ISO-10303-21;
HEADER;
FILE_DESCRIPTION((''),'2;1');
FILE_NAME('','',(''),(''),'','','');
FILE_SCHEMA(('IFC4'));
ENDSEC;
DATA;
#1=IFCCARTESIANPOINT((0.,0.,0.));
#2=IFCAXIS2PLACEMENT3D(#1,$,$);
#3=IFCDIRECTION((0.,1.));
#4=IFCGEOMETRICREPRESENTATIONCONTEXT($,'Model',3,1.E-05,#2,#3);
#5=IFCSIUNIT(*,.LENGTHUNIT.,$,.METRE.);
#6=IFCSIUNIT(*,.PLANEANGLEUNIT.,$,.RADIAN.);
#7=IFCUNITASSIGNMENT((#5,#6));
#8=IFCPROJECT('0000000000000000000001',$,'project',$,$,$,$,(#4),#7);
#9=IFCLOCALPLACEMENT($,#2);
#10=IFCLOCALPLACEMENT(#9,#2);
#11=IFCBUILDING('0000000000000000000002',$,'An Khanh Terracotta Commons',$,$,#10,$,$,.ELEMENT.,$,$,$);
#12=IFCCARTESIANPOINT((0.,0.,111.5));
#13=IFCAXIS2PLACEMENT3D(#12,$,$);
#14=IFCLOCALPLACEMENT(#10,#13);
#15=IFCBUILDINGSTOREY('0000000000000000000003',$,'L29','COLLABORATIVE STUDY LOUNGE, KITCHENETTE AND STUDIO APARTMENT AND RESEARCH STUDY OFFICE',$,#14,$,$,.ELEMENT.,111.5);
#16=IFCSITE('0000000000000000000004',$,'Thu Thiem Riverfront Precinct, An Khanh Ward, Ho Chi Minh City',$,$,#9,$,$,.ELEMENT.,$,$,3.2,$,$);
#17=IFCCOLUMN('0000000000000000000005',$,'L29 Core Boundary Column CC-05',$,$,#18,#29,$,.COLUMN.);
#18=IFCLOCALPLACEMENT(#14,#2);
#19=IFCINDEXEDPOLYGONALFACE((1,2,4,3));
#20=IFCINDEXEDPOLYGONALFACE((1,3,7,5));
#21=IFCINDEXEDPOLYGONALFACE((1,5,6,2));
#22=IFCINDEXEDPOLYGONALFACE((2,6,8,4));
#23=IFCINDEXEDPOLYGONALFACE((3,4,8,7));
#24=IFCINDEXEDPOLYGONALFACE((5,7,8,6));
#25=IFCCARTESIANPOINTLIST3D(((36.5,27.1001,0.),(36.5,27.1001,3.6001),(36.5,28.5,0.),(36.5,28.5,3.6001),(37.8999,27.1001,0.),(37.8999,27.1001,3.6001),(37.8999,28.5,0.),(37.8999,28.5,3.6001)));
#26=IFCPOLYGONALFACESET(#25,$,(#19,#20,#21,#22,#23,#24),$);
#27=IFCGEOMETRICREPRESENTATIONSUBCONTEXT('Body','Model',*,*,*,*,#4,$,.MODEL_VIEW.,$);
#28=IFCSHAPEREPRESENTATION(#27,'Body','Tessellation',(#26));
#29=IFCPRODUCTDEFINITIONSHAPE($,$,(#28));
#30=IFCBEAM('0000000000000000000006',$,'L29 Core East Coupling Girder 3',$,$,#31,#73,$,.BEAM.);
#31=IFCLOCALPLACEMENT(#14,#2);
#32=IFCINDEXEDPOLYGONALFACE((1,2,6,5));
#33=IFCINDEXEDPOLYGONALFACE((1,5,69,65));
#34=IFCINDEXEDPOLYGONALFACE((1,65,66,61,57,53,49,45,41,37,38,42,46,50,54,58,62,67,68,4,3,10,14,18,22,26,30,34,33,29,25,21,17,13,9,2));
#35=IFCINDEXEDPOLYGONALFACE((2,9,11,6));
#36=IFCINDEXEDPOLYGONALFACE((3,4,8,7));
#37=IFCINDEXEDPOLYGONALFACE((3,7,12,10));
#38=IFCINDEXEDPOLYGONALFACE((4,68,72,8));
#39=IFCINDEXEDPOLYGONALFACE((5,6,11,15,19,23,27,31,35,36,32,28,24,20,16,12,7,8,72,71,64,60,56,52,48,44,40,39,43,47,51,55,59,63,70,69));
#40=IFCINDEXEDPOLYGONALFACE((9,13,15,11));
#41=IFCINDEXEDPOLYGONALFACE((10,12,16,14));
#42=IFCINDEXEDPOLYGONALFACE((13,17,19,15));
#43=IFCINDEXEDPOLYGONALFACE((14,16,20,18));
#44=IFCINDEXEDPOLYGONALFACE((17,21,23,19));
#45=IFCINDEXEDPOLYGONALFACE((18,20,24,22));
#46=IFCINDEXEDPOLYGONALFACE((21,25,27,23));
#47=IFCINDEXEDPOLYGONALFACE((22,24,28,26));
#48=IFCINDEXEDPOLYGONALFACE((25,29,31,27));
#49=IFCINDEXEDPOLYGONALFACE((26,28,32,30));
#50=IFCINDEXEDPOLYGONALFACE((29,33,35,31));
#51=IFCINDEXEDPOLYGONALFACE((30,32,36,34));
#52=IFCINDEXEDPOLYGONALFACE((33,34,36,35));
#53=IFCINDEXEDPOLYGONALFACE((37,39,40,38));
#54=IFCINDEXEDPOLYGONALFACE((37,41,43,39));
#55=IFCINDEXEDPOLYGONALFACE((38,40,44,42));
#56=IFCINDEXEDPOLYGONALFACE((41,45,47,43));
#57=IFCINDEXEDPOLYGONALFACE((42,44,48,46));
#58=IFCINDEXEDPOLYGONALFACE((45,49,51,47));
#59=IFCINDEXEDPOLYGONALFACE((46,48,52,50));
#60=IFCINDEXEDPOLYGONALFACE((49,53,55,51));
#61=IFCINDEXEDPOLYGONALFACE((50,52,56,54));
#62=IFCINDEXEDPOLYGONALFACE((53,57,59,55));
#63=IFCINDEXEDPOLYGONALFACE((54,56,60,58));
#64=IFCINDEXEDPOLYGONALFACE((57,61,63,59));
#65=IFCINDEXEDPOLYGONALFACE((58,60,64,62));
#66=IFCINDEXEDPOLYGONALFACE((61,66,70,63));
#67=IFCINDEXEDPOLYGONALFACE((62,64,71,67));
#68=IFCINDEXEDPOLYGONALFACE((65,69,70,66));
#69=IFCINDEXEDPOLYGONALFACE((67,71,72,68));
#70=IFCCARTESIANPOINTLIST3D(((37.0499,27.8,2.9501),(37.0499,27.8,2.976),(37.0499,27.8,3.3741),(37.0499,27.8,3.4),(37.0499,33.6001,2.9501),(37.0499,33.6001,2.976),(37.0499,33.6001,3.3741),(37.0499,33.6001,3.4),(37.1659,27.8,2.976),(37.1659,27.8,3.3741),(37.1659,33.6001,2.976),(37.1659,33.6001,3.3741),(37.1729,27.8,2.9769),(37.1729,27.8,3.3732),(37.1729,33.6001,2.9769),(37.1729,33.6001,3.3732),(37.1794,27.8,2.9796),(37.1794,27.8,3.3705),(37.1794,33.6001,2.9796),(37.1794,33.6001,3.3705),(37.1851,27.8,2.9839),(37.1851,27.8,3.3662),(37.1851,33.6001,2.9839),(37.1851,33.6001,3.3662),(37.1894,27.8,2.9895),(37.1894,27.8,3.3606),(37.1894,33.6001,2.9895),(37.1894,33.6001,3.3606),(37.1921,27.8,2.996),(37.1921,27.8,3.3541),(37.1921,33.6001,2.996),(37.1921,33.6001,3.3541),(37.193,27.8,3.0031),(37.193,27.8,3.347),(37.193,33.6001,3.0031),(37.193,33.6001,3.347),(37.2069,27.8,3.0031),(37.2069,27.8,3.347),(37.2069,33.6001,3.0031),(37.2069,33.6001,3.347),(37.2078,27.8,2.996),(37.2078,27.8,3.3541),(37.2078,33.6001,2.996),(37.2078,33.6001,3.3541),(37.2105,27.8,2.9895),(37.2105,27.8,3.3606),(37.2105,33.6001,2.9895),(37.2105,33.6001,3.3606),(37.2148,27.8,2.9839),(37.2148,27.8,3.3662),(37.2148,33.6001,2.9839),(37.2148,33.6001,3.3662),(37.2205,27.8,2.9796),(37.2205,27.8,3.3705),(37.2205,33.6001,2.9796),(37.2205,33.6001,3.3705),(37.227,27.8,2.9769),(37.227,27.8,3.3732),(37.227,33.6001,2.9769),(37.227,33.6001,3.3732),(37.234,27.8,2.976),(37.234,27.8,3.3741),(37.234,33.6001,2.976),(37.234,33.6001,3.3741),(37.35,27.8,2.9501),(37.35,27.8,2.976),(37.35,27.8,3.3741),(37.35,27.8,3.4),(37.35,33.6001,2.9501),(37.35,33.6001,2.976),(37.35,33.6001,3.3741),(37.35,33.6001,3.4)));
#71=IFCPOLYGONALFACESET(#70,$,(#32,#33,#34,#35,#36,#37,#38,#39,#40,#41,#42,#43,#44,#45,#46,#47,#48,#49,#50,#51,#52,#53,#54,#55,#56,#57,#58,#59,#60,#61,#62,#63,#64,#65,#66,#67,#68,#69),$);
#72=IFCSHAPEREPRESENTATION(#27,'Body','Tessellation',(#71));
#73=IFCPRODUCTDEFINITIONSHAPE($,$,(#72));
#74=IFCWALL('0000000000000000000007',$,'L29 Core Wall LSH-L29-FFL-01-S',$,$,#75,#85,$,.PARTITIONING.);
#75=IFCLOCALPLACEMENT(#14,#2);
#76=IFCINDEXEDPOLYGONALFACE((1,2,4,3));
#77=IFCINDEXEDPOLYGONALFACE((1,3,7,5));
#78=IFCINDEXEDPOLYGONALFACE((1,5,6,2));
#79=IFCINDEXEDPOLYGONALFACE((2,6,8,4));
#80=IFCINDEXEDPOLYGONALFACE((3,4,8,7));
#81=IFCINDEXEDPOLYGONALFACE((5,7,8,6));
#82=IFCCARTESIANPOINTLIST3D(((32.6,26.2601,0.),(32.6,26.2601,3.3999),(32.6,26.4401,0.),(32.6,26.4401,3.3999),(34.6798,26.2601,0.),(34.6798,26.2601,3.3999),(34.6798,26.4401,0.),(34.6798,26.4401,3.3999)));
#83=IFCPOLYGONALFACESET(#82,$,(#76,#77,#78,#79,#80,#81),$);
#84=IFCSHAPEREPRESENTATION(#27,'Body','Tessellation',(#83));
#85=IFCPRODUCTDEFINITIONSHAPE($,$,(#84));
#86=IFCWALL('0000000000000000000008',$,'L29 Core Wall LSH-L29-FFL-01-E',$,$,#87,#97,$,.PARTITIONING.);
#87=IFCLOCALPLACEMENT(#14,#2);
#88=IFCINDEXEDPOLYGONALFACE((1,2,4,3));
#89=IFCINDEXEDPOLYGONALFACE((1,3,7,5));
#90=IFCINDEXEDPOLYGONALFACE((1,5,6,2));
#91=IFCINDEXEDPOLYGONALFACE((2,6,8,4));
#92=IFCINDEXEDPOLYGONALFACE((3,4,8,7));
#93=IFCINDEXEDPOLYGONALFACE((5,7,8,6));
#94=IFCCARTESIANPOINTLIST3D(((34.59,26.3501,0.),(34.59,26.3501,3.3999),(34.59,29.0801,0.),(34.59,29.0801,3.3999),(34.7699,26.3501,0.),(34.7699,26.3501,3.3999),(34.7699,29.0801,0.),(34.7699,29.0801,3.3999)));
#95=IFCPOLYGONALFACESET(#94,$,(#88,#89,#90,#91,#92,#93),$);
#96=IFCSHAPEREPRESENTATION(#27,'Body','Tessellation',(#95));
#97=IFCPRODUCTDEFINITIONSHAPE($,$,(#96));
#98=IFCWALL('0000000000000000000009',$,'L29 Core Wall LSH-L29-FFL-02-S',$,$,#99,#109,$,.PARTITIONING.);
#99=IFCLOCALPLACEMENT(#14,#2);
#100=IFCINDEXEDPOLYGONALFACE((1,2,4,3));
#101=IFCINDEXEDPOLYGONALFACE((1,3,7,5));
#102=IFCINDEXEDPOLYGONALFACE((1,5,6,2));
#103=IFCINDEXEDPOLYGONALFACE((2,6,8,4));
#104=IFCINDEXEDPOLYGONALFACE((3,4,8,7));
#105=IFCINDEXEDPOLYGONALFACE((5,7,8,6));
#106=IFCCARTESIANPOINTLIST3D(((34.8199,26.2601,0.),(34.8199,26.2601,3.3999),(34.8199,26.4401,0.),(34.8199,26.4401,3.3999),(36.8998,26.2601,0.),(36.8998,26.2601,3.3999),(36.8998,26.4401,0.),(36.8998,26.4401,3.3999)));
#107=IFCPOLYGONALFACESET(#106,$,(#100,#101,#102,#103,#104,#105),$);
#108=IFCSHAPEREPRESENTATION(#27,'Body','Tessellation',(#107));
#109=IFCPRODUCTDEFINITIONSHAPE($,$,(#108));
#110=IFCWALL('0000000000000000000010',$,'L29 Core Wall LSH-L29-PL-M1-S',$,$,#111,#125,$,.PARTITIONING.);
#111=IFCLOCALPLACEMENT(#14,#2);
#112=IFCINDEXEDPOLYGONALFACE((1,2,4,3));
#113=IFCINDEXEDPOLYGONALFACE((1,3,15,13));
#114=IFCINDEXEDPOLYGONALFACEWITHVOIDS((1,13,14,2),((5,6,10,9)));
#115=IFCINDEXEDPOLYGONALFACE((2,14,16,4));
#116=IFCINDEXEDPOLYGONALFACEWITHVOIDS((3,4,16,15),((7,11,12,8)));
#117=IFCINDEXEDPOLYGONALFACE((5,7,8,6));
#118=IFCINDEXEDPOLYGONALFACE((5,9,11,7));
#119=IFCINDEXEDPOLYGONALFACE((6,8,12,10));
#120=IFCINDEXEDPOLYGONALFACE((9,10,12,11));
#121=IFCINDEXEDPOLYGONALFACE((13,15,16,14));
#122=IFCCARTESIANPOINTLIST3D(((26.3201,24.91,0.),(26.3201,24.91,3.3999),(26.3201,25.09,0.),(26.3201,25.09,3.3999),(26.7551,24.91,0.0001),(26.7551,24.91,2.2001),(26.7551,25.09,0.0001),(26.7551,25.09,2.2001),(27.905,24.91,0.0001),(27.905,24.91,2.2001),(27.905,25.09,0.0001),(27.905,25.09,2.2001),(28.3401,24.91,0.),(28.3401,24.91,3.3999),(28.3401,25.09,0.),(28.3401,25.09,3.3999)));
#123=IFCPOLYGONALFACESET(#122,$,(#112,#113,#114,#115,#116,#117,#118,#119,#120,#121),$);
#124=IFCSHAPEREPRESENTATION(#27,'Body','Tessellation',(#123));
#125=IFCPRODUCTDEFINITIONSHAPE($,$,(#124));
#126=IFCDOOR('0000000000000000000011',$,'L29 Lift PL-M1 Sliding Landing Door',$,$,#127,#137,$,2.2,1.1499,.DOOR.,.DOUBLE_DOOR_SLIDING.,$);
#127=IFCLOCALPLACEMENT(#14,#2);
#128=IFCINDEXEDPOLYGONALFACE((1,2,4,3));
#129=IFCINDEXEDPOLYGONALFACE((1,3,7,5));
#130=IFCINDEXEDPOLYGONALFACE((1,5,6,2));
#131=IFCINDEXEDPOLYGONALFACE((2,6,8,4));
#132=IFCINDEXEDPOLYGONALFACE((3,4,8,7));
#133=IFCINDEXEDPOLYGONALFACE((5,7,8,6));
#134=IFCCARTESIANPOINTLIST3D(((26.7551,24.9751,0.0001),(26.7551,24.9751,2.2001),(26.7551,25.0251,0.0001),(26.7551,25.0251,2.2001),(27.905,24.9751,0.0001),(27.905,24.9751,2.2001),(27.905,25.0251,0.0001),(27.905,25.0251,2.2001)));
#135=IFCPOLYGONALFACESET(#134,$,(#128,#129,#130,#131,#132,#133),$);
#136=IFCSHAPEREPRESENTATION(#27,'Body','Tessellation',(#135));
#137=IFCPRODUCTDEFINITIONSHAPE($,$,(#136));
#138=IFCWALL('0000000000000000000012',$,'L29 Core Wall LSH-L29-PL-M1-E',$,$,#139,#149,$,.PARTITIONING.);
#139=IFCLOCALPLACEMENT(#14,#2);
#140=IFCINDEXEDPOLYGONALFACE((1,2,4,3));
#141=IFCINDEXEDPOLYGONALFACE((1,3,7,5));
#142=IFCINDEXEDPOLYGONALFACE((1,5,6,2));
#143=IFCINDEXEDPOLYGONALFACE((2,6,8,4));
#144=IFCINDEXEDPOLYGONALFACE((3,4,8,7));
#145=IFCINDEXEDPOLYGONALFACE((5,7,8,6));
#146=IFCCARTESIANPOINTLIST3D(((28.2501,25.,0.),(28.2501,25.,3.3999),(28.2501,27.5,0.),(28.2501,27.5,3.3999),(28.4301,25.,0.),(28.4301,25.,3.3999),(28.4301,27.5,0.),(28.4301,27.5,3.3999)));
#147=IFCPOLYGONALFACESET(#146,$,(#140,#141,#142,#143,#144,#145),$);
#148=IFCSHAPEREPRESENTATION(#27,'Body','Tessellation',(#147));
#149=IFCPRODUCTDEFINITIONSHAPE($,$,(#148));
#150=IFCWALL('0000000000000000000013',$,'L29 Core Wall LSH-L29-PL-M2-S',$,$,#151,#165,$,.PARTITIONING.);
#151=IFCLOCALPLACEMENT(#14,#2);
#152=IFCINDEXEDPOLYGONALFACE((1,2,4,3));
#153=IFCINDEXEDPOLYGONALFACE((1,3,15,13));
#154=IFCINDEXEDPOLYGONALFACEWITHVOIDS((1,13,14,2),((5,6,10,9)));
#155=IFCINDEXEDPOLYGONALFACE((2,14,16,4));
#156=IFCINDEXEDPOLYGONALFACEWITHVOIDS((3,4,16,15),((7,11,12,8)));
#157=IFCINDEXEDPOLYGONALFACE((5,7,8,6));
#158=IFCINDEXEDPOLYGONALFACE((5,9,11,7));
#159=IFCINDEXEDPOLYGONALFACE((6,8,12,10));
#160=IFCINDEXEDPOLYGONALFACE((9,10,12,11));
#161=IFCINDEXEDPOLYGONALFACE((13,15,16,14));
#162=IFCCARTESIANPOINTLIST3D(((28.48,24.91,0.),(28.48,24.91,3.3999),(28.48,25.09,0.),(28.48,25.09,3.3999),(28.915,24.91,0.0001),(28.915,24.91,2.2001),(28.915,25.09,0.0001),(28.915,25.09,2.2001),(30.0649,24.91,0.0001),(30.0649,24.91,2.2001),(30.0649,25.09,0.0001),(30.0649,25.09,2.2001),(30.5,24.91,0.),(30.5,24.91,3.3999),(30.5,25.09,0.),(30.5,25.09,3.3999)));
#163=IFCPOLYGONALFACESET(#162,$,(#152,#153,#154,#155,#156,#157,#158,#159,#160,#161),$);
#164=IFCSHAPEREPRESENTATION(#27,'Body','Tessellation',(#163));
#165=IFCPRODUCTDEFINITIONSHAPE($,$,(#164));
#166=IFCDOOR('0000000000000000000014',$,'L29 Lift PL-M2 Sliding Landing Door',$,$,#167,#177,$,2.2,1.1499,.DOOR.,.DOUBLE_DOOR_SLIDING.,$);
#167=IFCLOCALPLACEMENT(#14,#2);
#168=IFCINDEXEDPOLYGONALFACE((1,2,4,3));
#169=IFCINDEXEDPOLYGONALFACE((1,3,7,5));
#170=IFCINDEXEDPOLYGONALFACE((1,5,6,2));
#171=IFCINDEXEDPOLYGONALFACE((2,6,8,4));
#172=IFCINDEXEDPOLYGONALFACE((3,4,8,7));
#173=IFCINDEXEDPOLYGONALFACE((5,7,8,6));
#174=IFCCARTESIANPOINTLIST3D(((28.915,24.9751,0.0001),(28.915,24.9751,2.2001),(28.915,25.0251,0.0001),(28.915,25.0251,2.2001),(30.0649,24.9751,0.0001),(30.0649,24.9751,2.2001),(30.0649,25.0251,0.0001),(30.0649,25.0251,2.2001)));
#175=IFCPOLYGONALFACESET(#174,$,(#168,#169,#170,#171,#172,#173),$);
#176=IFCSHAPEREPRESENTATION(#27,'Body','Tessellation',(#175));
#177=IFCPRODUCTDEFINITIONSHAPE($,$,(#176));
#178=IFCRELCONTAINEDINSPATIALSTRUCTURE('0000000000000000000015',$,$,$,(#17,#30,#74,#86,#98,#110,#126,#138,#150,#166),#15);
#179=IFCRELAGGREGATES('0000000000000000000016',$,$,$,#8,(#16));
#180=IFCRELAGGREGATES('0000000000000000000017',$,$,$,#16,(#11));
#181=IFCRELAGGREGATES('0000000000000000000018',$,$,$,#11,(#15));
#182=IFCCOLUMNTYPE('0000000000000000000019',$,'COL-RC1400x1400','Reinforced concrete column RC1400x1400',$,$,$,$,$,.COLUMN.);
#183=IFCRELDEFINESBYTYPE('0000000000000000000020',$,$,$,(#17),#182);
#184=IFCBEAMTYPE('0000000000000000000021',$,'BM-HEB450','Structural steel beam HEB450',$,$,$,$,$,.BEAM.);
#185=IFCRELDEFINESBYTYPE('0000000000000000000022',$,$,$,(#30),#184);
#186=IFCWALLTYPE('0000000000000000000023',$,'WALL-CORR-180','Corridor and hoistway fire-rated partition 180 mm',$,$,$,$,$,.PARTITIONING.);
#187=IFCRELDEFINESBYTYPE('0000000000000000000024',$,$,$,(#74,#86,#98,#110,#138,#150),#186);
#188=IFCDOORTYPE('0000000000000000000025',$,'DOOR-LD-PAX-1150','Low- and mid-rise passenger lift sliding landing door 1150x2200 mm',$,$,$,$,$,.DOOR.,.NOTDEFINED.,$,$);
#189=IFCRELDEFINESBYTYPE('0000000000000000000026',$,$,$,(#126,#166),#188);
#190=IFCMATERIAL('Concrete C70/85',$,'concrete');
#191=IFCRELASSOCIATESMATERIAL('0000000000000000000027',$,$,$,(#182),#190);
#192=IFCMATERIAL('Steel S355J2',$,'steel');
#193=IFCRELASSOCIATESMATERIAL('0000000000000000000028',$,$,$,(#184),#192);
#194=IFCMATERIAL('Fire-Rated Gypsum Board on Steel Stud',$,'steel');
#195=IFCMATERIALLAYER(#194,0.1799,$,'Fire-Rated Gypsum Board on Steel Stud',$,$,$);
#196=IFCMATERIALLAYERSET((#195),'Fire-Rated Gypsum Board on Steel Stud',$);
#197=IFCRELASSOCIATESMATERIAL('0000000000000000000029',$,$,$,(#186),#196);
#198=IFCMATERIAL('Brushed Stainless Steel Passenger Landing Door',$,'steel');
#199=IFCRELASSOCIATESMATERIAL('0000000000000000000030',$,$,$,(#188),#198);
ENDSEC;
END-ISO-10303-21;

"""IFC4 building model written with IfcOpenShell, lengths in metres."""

from ifc_helpers import new_model, si_unit, direction, frame, frame_2d, origin, origin_2d, place, context, subcontext, project, spatial, rectangle, i_section, extrude, material, layer, layer_set, material_profile, profile_set, type_object, element, fill, save


model = new_model("IFC4")

# Units and contexts
model_context = context("Model", 3, precision=1e-05, world=origin(), true_north=direction((0.0, 1.0)))
body_context = subcontext(model_context, "Body", "Model", "MODEL_VIEW")
ifc_project = project(units=[si_unit("LENGTHUNIT", "METRE"), si_unit("PLANEANGLEUNIT", "RADIAN")], contexts=[model_context])

# Site, building, storey
site_placement = place(None, origin())
site = spatial("IfcSite", under=ifc_project, at=site_placement, Name="Thu Thiem Riverfront Precinct, An Khanh Ward, Ho Chi Minh City", CompositionType="ELEMENT", RefElevation=3.2)
building_placement = place(site_placement, origin())
building = spatial("IfcBuilding", under=site, at=building_placement, Name="An Khanh Terracotta Commons", CompositionType="ELEMENT")
storey_placement = place(building_placement, frame((0.0, 0.0, 111.5)))
storey = spatial("IfcBuildingStorey", under=building, at=storey_placement, Name="L29", Description="COLLABORATIVE STUDY LOUNGE, KITCHENETTE AND STUDIO APARTMENT AND RESEARCH STUDY OFFICE", CompositionType="ELEMENT", Elevation=111.5)

# Column
ifc_material_1 = material(Name="Concrete C70/85", Category="concrete")
ifc_material_profile_1 = material_profile(ifc_material_1, rectangle(XDim=1.3999, YDim=1.3999, at=origin_2d()), Name="RC1400x1400")
ifc_profile_set_1 = profile_set([ifc_material_profile_1], Name="Concrete C70/85")
column_type = type_object("IfcColumnType", Name="COL-RC1400x1400", Description="Reinforced concrete column RC1400x1400", PredefinedType="COLUMN", material=ifc_profile_set_1)
column_placement = place(storey_placement, frame((37.2, 27.8, 0.0), z_axis=(0.0, 0.0, 1.0), x_axis=(1.0, 0.0, 0.0)))
element("IfcColumn", 1, at=column_placement, inside=storey, type_object=column_type, Name="L29 Core Boundary Column CC-05", PredefinedType="COLUMN", context=body_context, shape_type="SweptSolid", body=[
    extrude(rectangle(XDim=1.3999, YDim=1.3999, at=origin_2d()), origin(), (0.0, 0.0, 1.0), 3.6001),
])

# Beam
ifc_material_2 = material(Name="Steel S355J2", Category="steel")
ifc_material_profile_2 = material_profile(ifc_material_2, i_section(OverallWidth=0.3, OverallDepth=0.45, WebThickness=0.0139, FlangeThickness=0.0259, FilletRadius=0.0271, at=origin_2d()), Name="HEB450")
ifc_profile_set_2 = profile_set([ifc_material_profile_2], Name="Steel S355J2")
beam_type = type_object("IfcBeamType", Name="BM-HEB450", Description="Structural steel beam HEB450", PredefinedType="BEAM", material=ifc_profile_set_2)
beam_placement = place(storey_placement, frame((37.2, 27.8, 3.175), z_axis=(0.0, 1.0, 0.0), x_axis=(-1.0, 0.0, 0.0)))
element("IfcBeam", 2, at=beam_placement, inside=storey, type_object=beam_type, Name="L29 Core East Coupling Girder 3", PredefinedType="BEAM", context=body_context, shape_type="SweptSolid", body=[
    extrude(i_section(OverallWidth=0.3, OverallDepth=0.45, WebThickness=0.0139, FlangeThickness=0.0259, FilletRadius=0.0271, at=origin_2d()), origin(), (0.0, 0.0, 1.0), 5.8),
])

# Walls
ifc_material_3 = material(Name="Fire-Rated Gypsum Board on Steel Stud", Category="steel")
ifc_layer_1 = layer(ifc_material_3, 0.1799, Name="Fire-Rated Gypsum Board on Steel Stud")
ifc_layer_set_1 = layer_set([ifc_layer_1], Name="Fire-Rated Gypsum Board on Steel Stud")
wall_type_1 = type_object("IfcWallType", Name="WALL-CORR-180", Description="Corridor and hoistway fire-rated partition 180 mm", PredefinedType="PARTITIONING", material=ifc_layer_set_1)
wall_1_placement = place(storey_placement, frame((34.6799, 26.3501, 0.0), z_axis=(0.0, 0.0, 1.0), x_axis=(-1.0, 0.0, 0.0)))
element("IfcWall", 3, at=wall_1_placement, inside=storey, type_object=wall_type_1, Name="L29 Core Wall LSH-L29-FFL-01-S", PredefinedType="PARTITIONING", context=body_context, shape_type="SweptSolid", body=[
    extrude(rectangle(XDim=2.0798, YDim=0.1799, at=frame_2d((1.04, 0.0))), origin(), (0.0, 0.0, 1.0), 3.3999),
])
wall_2_placement = place(storey_placement, frame((34.6799, 26.3501, 0.0), z_axis=(0.0, 0.0, 1.0), x_axis=(0.0, 1.0, 0.0)))
element("IfcWall", 4, at=wall_2_placement, inside=storey, type_object=wall_type_1, Name="L29 Core Wall LSH-L29-FFL-01-E", PredefinedType="PARTITIONING", context=body_context, shape_type="SweptSolid", body=[
    extrude(rectangle(XDim=2.73, YDim=0.1799, at=frame_2d((1.365, 0.0))), origin(), (0.0, 0.0, 1.0), 3.3999),
])
wall_3_placement = place(storey_placement, frame((36.8999, 26.3501, 0.0), z_axis=(0.0, 0.0, 1.0), x_axis=(-1.0, 0.0, 0.0)))
element("IfcWall", 5, at=wall_3_placement, inside=storey, type_object=wall_type_1, Name="L29 Core Wall LSH-L29-FFL-02-S", PredefinedType="PARTITIONING", context=body_context, shape_type="SweptSolid", body=[
    extrude(rectangle(XDim=2.0798, YDim=0.1799, at=frame_2d((1.04, 0.0))), origin(), (0.0, 0.0, 1.0), 3.3999),
])

# Wall, opening, door
wall_4_placement = place(storey_placement, frame((28.3401, 25.0, 0.0), z_axis=(0.0, 0.0, 1.0), x_axis=(-1.0, 0.0, 0.0)))
wall_4 = element("IfcWall", 6, at=wall_4_placement, inside=storey, type_object=wall_type_1, Name="L29 Core Wall LSH-L29-PL-M1-S", PredefinedType="PARTITIONING", context=body_context, shape_type="SweptSolid", body=[
    extrude(rectangle(XDim=2.02, YDim=0.1799, at=frame_2d((1.01, 0.0))), origin(), (0.0, 0.0, 1.0), 3.3999),
])
opening_1_placement = place(wall_4_placement, frame((0.4351, 0.0, 0.0)))
opening_1 = element("IfcOpeningElement", 7, at=opening_1_placement, cuts=wall_4, PredefinedType="OPENING", context=body_context, shape_type="SweptSolid", body=[
    extrude(rectangle(XDim=1.1499, YDim=2.2, at=frame_2d((0.575, 1.1001))), frame((0.0, 0.0999, 0.0), z_axis=(0.0, -1.0, 0.0), x_axis=(1.0, 0.0, 0.0)), (0.0, 0.0, 1.0), 0.2),
])
ifc_material_4 = material(Name="Brushed Stainless Steel Passenger Landing Door", Category="steel")
door_type = type_object("IfcDoorType", Name="DOOR-LD-PAX-1150", Description="Low- and mid-rise passenger lift sliding landing door 1150x2200 mm", OperationType="NOTDEFINED", PredefinedType="DOOR", material=ifc_material_4)
door_1_placement = place(opening_1_placement, origin())
door_1 = element("IfcDoor", 8, at=door_1_placement, inside=storey, type_object=door_type, Name="L29 Lift PL-M1 Sliding Landing Door", OperationType="DOUBLE_DOOR_SLIDING", OverallHeight=2.2, OverallWidth=1.1499, PredefinedType="DOOR", context=body_context, shape_type="SweptSolid", body=[
    extrude(rectangle(XDim=1.1499, YDim=2.2, at=frame_2d((0.575, 1.1001))), frame((0.0, 0.0249, 0.0), z_axis=(0.0, -1.0, 0.0), x_axis=(1.0, 0.0, 0.0)), (0.0, 0.0, 1.0), 0.05),
])
fill(opening_1, door_1)

# Wall
wall_5_placement = place(storey_placement, frame((28.3401, 25.0, 0.0), z_axis=(0.0, 0.0, 1.0), x_axis=(0.0, 1.0, 0.0)))
element("IfcWall", 9, at=wall_5_placement, inside=storey, type_object=wall_type_1, Name="L29 Core Wall LSH-L29-PL-M1-E", PredefinedType="PARTITIONING", context=body_context, shape_type="SweptSolid", body=[
    extrude(rectangle(XDim=2.5, YDim=0.1799, at=frame_2d((1.25, 0.0))), origin(), (0.0, 0.0, 1.0), 3.3999),
])

# Wall, opening, door
wall_6_placement = place(storey_placement, frame((30.5, 25.0, 0.0), z_axis=(0.0, 0.0, 1.0), x_axis=(-1.0, 0.0, 0.0)))
wall_6 = element("IfcWall", 10, at=wall_6_placement, inside=storey, type_object=wall_type_1, Name="L29 Core Wall LSH-L29-PL-M2-S", PredefinedType="PARTITIONING", context=body_context, shape_type="SweptSolid", body=[
    extrude(rectangle(XDim=2.02, YDim=0.1799, at=frame_2d((1.01, 0.0))), origin(), (0.0, 0.0, 1.0), 3.3999),
])
opening_2_placement = place(wall_6_placement, frame((0.4351, 0.0, 0.0)))
opening_2 = element("IfcOpeningElement", 11, at=opening_2_placement, cuts=wall_6, PredefinedType="OPENING", context=body_context, shape_type="SweptSolid", body=[
    extrude(rectangle(XDim=1.1499, YDim=2.2, at=frame_2d((0.575, 1.1001))), frame((0.0, 0.0999, 0.0), z_axis=(0.0, -1.0, 0.0), x_axis=(1.0, 0.0, 0.0)), (0.0, 0.0, 1.0), 0.2),
])
door_2_placement = place(opening_2_placement, origin())
door_2 = element("IfcDoor", 12, at=door_2_placement, inside=storey, type_object=door_type, Name="L29 Lift PL-M2 Sliding Landing Door", OperationType="DOUBLE_DOOR_SLIDING", OverallHeight=2.2, OverallWidth=1.1499, PredefinedType="DOOR", context=body_context, shape_type="SweptSolid", body=[
    extrude(rectangle(XDim=1.1499, YDim=2.2, at=frame_2d((0.575, 1.1001))), frame((0.0, 0.0249, 0.0), z_axis=(0.0, -1.0, 0.0), x_axis=(1.0, 0.0, 0.0)), (0.0, 0.0, 1.0), 0.05),
])
fill(opening_2, door_2)

save(model, "model.ifc")
